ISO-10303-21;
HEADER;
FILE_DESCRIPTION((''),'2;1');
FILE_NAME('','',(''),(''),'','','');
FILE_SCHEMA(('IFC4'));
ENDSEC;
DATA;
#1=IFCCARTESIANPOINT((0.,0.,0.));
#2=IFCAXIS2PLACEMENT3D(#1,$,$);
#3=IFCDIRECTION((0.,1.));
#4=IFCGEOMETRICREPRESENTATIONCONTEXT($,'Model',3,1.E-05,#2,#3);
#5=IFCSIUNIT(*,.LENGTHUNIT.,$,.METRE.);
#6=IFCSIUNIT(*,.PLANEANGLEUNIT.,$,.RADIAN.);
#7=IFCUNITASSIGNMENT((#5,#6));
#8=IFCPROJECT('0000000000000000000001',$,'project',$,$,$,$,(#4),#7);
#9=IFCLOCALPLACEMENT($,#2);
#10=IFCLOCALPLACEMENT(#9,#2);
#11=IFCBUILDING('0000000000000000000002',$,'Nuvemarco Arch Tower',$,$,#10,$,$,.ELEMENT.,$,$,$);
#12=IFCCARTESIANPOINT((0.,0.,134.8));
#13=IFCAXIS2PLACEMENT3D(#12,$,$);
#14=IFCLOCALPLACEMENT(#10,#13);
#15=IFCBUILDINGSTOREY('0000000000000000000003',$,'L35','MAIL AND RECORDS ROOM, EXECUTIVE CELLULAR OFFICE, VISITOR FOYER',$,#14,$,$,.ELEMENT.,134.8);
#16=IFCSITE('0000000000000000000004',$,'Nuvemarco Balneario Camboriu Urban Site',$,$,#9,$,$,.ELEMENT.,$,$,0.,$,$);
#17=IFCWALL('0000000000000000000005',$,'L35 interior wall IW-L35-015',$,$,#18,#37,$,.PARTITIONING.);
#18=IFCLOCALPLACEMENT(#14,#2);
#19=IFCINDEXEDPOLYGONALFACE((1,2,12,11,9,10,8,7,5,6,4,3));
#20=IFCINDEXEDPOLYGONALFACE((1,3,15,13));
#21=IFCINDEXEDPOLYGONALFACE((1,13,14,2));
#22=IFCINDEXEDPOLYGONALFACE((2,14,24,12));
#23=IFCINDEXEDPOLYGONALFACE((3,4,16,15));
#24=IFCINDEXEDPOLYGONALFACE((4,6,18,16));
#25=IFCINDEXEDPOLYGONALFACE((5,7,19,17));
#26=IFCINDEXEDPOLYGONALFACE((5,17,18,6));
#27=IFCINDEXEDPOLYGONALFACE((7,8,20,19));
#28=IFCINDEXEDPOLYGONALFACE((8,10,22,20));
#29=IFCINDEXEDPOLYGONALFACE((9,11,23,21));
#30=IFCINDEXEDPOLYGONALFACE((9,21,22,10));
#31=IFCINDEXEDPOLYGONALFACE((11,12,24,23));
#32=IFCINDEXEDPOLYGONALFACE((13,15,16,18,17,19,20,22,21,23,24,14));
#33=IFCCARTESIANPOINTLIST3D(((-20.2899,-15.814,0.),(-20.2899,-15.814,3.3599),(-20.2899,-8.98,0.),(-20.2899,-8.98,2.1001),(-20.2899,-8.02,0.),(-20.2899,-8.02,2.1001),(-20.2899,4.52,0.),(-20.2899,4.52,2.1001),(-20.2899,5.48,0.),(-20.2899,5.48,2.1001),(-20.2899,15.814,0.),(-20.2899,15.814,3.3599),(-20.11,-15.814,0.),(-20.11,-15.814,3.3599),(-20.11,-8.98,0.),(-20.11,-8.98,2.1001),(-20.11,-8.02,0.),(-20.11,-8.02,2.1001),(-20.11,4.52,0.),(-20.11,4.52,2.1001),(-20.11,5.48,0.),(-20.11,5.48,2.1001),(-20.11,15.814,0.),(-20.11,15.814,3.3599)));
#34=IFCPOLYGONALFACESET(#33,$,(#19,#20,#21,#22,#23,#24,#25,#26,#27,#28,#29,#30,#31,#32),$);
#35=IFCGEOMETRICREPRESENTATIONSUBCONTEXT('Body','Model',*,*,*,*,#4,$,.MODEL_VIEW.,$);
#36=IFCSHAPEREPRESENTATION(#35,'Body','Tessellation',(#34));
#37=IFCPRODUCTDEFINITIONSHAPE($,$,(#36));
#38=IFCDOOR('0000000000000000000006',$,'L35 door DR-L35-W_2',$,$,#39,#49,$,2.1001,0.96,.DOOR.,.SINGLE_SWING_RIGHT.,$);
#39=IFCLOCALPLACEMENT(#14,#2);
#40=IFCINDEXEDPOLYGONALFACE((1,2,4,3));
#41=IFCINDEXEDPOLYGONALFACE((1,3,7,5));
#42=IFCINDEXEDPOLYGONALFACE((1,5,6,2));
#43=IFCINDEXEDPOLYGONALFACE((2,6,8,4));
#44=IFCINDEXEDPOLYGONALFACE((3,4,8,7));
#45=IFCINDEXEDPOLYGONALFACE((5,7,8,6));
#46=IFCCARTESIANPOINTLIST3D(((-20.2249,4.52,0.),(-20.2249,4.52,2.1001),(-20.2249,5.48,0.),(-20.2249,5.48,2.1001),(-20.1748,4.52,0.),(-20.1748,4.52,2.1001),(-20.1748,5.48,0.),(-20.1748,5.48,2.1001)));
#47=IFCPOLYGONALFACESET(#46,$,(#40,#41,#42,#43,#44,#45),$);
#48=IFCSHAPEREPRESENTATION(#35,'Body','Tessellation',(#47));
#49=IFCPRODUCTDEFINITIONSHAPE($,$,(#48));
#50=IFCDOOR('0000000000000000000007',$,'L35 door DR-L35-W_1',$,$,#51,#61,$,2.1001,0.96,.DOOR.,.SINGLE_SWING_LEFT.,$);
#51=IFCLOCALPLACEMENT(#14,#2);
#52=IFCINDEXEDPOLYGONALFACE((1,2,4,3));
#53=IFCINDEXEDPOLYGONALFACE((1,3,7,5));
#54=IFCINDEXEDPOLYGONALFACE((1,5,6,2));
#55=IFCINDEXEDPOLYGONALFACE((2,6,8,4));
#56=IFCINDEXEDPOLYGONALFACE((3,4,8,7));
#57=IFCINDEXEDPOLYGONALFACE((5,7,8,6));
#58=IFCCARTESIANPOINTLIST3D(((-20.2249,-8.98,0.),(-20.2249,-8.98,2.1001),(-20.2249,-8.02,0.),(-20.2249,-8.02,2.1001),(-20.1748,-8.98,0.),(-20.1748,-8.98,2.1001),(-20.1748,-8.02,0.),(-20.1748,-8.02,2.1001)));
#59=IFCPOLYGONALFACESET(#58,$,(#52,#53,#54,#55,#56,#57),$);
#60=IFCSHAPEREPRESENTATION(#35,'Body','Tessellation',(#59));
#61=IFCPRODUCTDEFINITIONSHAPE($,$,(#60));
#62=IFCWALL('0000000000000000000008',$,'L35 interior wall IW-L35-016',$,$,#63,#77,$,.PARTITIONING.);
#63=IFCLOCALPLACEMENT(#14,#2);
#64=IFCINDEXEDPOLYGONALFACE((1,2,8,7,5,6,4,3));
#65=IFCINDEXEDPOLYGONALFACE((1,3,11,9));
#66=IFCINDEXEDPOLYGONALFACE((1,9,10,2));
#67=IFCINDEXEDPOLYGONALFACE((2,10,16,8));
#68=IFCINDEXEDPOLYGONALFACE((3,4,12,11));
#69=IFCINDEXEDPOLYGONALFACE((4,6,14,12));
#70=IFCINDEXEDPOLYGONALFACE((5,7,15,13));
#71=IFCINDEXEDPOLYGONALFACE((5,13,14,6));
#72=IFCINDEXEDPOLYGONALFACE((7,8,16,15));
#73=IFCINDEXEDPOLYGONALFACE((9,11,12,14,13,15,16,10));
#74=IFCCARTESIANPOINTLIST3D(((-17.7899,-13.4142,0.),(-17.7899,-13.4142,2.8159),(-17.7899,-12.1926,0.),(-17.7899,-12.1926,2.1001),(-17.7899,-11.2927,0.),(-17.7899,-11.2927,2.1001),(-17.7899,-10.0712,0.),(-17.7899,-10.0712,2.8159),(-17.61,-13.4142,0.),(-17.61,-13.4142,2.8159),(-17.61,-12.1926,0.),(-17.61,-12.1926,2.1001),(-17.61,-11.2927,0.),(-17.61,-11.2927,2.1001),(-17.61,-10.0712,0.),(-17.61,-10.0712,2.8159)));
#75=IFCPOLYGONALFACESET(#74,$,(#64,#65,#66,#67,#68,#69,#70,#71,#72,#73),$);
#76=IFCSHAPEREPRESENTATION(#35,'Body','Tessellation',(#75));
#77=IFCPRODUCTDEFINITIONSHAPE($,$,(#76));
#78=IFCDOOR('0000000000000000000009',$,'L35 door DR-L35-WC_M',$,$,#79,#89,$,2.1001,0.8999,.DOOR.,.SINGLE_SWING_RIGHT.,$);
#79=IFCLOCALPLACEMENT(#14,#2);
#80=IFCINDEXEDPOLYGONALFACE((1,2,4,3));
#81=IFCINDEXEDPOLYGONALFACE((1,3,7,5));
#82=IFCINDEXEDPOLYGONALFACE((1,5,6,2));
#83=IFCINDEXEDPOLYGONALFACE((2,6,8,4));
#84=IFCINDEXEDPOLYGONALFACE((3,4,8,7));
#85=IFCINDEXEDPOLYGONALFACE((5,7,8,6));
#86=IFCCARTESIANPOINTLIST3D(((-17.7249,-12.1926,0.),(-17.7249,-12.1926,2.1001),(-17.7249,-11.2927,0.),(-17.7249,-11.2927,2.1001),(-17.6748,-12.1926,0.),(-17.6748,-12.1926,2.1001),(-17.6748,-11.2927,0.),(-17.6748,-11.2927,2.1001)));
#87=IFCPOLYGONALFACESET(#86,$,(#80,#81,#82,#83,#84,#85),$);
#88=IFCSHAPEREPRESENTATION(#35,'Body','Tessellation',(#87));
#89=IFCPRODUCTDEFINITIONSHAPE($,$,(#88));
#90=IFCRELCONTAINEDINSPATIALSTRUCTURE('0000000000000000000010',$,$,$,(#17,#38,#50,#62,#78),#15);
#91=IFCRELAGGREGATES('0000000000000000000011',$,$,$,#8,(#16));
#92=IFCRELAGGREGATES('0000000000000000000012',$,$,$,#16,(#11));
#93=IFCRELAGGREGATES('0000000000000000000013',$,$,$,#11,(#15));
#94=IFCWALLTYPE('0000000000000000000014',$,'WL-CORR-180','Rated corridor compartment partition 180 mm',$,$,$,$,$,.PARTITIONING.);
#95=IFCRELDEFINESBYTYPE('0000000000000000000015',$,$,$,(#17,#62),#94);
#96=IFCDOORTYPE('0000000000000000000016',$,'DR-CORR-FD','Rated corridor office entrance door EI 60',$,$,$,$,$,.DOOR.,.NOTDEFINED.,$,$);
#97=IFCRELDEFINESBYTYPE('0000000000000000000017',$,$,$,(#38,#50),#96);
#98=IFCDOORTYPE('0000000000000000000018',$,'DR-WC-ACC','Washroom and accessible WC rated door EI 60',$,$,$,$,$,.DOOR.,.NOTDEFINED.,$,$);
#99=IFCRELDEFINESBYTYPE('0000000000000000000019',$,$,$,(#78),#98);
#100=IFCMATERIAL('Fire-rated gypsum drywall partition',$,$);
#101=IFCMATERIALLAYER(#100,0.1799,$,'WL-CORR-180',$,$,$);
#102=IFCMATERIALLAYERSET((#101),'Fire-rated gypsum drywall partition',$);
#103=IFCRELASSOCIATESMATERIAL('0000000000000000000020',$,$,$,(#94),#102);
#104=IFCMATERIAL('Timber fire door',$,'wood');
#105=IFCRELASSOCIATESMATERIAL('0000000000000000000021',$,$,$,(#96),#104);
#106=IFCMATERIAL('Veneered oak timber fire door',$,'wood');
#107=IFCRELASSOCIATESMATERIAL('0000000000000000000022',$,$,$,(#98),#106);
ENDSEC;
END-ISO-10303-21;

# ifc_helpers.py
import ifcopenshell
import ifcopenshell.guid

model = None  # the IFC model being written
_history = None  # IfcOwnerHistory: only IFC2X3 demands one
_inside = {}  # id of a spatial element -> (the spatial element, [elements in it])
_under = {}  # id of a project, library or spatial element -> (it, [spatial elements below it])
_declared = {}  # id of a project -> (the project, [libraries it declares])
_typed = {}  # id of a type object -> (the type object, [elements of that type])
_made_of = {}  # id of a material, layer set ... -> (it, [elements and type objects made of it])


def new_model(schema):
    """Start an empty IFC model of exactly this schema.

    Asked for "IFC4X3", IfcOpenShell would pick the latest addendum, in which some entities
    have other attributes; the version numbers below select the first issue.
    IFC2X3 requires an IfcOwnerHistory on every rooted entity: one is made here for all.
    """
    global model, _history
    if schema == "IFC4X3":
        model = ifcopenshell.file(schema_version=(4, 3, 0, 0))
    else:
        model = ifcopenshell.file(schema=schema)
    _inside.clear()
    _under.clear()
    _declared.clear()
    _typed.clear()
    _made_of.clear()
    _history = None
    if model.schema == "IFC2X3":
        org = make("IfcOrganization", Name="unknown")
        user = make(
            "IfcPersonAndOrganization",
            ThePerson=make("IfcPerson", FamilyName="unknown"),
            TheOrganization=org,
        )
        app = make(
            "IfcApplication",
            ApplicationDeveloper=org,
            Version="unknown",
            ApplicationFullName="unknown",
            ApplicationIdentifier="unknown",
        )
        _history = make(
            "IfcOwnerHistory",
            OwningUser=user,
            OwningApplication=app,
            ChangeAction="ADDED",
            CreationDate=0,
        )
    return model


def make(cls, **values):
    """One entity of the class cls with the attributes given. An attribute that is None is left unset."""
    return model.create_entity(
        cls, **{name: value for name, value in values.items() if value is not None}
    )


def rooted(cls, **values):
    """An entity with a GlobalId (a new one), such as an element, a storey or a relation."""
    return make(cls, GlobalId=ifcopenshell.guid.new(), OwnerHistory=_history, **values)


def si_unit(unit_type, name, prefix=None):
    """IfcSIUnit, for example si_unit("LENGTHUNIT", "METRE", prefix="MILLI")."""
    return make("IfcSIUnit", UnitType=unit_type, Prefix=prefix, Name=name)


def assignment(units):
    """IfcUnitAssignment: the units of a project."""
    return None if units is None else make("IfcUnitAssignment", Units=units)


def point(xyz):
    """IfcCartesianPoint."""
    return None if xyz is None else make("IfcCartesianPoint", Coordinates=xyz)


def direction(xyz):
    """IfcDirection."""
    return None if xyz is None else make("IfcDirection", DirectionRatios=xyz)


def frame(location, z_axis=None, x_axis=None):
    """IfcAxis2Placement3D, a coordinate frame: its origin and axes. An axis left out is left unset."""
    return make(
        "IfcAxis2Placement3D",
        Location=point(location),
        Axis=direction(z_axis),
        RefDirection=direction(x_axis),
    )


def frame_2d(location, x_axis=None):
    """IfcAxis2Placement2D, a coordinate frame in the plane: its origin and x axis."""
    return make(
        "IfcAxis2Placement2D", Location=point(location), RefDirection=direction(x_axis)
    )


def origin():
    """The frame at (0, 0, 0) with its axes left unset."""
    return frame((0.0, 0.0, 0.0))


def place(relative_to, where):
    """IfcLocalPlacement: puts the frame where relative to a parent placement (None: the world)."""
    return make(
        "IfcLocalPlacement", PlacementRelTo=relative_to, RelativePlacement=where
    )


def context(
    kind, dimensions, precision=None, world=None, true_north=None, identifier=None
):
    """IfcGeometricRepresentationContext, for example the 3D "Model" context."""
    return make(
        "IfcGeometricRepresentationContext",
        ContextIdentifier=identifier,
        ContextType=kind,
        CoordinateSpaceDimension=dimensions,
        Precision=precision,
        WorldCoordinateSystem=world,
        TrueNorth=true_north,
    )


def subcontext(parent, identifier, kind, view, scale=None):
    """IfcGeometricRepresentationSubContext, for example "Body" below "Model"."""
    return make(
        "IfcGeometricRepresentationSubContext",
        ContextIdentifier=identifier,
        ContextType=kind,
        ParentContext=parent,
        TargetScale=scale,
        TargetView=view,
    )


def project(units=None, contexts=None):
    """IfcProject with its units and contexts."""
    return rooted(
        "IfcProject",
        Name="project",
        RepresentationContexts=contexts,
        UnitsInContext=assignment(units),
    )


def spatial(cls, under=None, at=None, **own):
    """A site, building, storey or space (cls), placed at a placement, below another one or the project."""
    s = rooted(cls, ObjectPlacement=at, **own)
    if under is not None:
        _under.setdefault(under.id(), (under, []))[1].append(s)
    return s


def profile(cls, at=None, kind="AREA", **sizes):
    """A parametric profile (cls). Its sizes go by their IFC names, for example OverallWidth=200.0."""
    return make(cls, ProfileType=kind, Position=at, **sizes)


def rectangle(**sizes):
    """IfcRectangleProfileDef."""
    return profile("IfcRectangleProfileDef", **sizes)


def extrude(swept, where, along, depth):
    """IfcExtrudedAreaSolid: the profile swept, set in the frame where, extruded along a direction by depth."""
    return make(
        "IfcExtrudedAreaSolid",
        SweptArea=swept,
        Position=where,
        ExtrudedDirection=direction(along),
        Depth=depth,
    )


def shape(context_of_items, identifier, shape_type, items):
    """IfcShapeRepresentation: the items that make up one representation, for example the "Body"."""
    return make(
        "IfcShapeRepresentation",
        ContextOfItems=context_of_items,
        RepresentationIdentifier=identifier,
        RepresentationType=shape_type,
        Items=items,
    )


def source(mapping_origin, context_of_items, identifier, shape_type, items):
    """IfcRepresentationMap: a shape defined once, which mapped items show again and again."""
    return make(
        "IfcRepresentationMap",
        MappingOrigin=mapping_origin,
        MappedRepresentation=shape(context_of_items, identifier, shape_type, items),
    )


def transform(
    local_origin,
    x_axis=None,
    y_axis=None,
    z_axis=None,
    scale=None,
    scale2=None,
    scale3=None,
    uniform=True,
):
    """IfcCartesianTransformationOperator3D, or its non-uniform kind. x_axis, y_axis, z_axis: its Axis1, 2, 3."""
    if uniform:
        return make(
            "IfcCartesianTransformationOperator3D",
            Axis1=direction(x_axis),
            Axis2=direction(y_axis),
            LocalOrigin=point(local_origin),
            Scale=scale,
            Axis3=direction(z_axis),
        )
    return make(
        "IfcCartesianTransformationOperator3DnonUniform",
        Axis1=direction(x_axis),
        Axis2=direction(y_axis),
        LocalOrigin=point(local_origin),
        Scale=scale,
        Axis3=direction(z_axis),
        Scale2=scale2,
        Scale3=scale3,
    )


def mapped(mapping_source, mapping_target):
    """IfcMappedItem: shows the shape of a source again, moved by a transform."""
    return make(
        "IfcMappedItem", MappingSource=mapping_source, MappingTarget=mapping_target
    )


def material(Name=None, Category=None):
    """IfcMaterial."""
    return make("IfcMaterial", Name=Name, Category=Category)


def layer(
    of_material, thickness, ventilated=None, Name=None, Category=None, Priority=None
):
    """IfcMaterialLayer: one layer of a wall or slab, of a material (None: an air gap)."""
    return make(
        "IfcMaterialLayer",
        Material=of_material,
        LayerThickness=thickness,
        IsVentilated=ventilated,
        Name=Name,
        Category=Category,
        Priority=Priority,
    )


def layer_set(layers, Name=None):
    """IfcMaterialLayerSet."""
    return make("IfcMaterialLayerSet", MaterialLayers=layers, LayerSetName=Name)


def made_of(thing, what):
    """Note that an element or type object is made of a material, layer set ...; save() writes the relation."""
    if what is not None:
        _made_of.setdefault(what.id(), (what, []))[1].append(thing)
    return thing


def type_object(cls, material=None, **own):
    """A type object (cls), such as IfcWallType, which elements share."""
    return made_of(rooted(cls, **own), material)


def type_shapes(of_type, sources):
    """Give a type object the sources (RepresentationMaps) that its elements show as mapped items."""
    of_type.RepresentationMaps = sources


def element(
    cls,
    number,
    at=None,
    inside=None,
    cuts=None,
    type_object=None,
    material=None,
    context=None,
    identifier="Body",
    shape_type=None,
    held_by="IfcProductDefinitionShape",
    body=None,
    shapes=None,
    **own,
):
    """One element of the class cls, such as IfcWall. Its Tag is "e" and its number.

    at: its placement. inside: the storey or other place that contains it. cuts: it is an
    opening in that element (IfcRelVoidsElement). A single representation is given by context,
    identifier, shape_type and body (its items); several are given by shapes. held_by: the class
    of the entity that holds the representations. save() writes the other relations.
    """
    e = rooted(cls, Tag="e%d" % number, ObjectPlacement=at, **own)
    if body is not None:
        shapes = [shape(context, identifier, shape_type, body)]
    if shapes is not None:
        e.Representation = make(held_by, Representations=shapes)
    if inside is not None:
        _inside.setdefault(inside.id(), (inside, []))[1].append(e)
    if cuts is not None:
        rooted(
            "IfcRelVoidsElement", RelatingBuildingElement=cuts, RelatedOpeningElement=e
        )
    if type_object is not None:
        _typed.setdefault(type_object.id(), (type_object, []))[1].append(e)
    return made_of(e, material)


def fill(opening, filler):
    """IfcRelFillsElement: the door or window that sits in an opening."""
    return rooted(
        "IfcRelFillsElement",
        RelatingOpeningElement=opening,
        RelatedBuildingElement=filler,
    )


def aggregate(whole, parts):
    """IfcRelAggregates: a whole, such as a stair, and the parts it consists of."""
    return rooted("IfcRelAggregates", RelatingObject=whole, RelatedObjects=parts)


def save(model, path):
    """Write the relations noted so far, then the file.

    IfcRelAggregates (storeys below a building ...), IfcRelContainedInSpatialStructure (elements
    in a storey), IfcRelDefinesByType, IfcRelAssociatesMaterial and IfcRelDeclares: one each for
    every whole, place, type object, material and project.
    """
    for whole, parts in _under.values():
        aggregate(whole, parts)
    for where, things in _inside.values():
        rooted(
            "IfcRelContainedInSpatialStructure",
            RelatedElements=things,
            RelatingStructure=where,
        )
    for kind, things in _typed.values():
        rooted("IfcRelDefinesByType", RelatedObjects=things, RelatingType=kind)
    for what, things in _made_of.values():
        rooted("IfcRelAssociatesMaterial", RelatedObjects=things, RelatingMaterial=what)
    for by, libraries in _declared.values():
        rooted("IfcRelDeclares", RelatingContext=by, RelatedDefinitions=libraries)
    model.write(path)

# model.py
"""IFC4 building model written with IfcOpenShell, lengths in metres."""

from ifc_helpers import new_model, si_unit, direction, frame, frame_2d, origin, place, context, subcontext, project, spatial, rectangle, extrude, source, transform, mapped, material, layer, layer_set, type_object, type_shapes, element, fill, save


model = new_model("IFC4")

# Units and contexts
model_context = context("Model", 3, precision=1e-05, world=origin(), true_north=direction((0.0, 1.0)))
body_context = subcontext(model_context, "Body", "Model", "MODEL_VIEW")
ifc_project = project(units=[si_unit("LENGTHUNIT", "METRE"), si_unit("PLANEANGLEUNIT", "RADIAN")], contexts=[model_context])

# Site, building, storey
site_placement = place(None, origin())
site = spatial("IfcSite", under=ifc_project, at=site_placement, Name="Nuvemarco Balneario Camboriu Urban Site", CompositionType="ELEMENT", RefElevation=0.0)
building_placement = place(site_placement, origin())
building = spatial("IfcBuilding", under=site, at=building_placement, Name="Nuvemarco Arch Tower", CompositionType="ELEMENT")
storey_placement = place(building_placement, frame((0.0, 0.0, 134.8)))
storey = spatial("IfcBuildingStorey", under=building, at=storey_placement, Name="L35", Description="MAIL AND RECORDS ROOM, EXECUTIVE CELLULAR OFFICE, VISITOR FOYER", CompositionType="ELEMENT", Elevation=134.8)

# Wall, openings, doors
ifc_material_1 = material(Name="Fire-rated gypsum drywall partition")
ifc_layer = layer(ifc_material_1, 0.1799, Name="WL-CORR-180")
ifc_layer_set = layer_set([ifc_layer], Name="Fire-rated gypsum drywall partition")
wall_type = type_object("IfcWallType", Name="WL-CORR-180", Description="Rated corridor compartment partition 180 mm", PredefinedType="PARTITIONING", material=ifc_layer_set)
ifc_material_2 = material(Name="Timber fire door", Category="wood")
door_type_1 = type_object("IfcDoorType", Name="DR-CORR-FD", Description="Rated corridor office entrance door EI 60", OperationType="NOTDEFINED", PredefinedType="DOOR", material=ifc_material_2)
shared_shape_1 = source(origin(), body_context, "Body", "SweptSolid", [
    extrude(rectangle(XDim=0.96, YDim=2.1001, at=frame_2d((0.48, 1.05))), frame((0.0, 0.0249, 0.0), z_axis=(0.0, -1.0, 0.0), x_axis=(1.0, 0.0, 0.0)), (0.0, 0.0, 1.0), 0.05),
])
type_shapes(door_type_1, [shared_shape_1])
ifc_material_3 = material(Name="Veneered oak timber fire door", Category="wood")
door_type_2 = type_object("IfcDoorType", Name="DR-WC-ACC", Description="Washroom and accessible WC rated door EI 60", OperationType="NOTDEFINED", PredefinedType="DOOR", material=ifc_material_3)
shared_shape_2 = source(origin(), body_context, "Body", "SweptSolid", [
    extrude(rectangle(XDim=0.8999, YDim=2.1001, at=frame_2d((0.45, 1.05))), frame((0.0, 0.0249, 0.0), z_axis=(0.0, -1.0, 0.0), x_axis=(1.0, 0.0, 0.0)), (0.0, 0.0, 1.0), 0.05),
])
type_shapes(door_type_2, [shared_shape_2])
wall_1_placement = place(storey_placement, frame((-20.2, -15.814, 0.0), z_axis=(0.0, 0.0, 1.0), x_axis=(0.0, 1.0, 0.0)))
wall_1 = element("IfcWall", 1, at=wall_1_placement, inside=storey, type_object=wall_type, Name="L35 interior wall IW-L35-015", PredefinedType="PARTITIONING", context=body_context, shape_type="SweptSolid", body=[
    extrude(rectangle(XDim=31.6279, YDim=0.1799, at=frame_2d((15.814, 0.0))), origin(), (0.0, 0.0, 1.0), 3.3599),
])
opening_1_placement = place(wall_1_placement, frame((20.334, 0.0, 0.0)))
opening_1 = element("IfcOpeningElement", 2, at=opening_1_placement, cuts=wall_1, PredefinedType="OPENING", context=body_context, shape_type="SweptSolid", body=[
    extrude(rectangle(XDim=0.96, YDim=2.1001, at=frame_2d((0.48, 1.05))), frame((0.0, 0.0999, 0.0), z_axis=(0.0, -1.0, 0.0), x_axis=(1.0, 0.0, 0.0)), (0.0, 0.0, 1.0), 0.2),
])
opening_2_placement = place(wall_1_placement, frame((6.834, 0.0, 0.0)))
opening_2 = element("IfcOpeningElement", 3, at=opening_2_placement, cuts=wall_1, PredefinedType="OPENING", context=body_context, shape_type="SweptSolid", body=[
    extrude(rectangle(XDim=0.96, YDim=2.1001, at=frame_2d((0.48, 1.05))), frame((0.0, 0.0999, 0.0), z_axis=(0.0, -1.0, 0.0), x_axis=(1.0, 0.0, 0.0)), (0.0, 0.0, 1.0), 0.2),
])
door_1_placement = place(opening_1_placement, origin())
door_1 = element("IfcDoor", 4, at=door_1_placement, inside=storey, type_object=door_type_1, Name="L35 door DR-L35-W_2", OperationType="SINGLE_SWING_RIGHT", OverallHeight=2.1001, OverallWidth=0.96, PredefinedType="DOOR", context=body_context, shape_type="MappedRepresentation", body=[
    mapped(shared_shape_1, transform((0.0, 0.0, 0.0), scale=1.0)),
])
fill(opening_1, door_1)
door_2_placement = place(opening_2_placement, origin())
door_2 = element("IfcDoor", 5, at=door_2_placement, inside=storey, type_object=door_type_1, Name="L35 door DR-L35-W_1", OperationType="SINGLE_SWING_LEFT", OverallHeight=2.1001, OverallWidth=0.96, PredefinedType="DOOR", context=body_context, shape_type="MappedRepresentation", body=[
    mapped(shared_shape_1, transform((0.0, 0.0, 0.0), scale=1.0)),
])
fill(opening_2, door_2)

# Wall, opening, door
wall_2_placement = place(storey_placement, frame((-17.7, -13.4141, 0.0), z_axis=(0.0, 0.0, 1.0), x_axis=(0.0, 1.0, 0.0)))
wall_2 = element("IfcWall", 6, at=wall_2_placement, inside=storey, type_object=wall_type, Name="L35 interior wall IW-L35-016", PredefinedType="PARTITIONING", context=body_context, shape_type="SweptSolid", body=[
    extrude(rectangle(XDim=3.343, YDim=0.1799, at=frame_2d((1.6714, 0.0))), origin(), (0.0, 0.0, 1.0), 2.8159),
])
opening_3_placement = place(wall_2_placement, frame((1.2214, 0.0, 0.0)))
opening_3 = element("IfcOpeningElement", 7, at=opening_3_placement, cuts=wall_2, PredefinedType="OPENING", context=body_context, shape_type="SweptSolid", body=[
    extrude(rectangle(XDim=0.8999, YDim=2.1001, at=frame_2d((0.45, 1.05))), frame((0.0, 0.0999, 0.0), z_axis=(0.0, -1.0, 0.0), x_axis=(1.0, 0.0, 0.0)), (0.0, 0.0, 1.0), 0.2),
])
door_3_placement = place(opening_3_placement, origin())
door_3 = element("IfcDoor", 8, at=door_3_placement, inside=storey, type_object=door_type_2, Name="L35 door DR-L35-WC_M", OperationType="SINGLE_SWING_RIGHT", OverallHeight=2.1001, OverallWidth=0.8999, PredefinedType="DOOR", context=body_context, shape_type="MappedRepresentation", body=[
    mapped(shared_shape_2, transform((0.0, 0.0, 0.0), scale=1.0)),
])
fill(opening_3, door_3)

save(model, "model.ifc")
